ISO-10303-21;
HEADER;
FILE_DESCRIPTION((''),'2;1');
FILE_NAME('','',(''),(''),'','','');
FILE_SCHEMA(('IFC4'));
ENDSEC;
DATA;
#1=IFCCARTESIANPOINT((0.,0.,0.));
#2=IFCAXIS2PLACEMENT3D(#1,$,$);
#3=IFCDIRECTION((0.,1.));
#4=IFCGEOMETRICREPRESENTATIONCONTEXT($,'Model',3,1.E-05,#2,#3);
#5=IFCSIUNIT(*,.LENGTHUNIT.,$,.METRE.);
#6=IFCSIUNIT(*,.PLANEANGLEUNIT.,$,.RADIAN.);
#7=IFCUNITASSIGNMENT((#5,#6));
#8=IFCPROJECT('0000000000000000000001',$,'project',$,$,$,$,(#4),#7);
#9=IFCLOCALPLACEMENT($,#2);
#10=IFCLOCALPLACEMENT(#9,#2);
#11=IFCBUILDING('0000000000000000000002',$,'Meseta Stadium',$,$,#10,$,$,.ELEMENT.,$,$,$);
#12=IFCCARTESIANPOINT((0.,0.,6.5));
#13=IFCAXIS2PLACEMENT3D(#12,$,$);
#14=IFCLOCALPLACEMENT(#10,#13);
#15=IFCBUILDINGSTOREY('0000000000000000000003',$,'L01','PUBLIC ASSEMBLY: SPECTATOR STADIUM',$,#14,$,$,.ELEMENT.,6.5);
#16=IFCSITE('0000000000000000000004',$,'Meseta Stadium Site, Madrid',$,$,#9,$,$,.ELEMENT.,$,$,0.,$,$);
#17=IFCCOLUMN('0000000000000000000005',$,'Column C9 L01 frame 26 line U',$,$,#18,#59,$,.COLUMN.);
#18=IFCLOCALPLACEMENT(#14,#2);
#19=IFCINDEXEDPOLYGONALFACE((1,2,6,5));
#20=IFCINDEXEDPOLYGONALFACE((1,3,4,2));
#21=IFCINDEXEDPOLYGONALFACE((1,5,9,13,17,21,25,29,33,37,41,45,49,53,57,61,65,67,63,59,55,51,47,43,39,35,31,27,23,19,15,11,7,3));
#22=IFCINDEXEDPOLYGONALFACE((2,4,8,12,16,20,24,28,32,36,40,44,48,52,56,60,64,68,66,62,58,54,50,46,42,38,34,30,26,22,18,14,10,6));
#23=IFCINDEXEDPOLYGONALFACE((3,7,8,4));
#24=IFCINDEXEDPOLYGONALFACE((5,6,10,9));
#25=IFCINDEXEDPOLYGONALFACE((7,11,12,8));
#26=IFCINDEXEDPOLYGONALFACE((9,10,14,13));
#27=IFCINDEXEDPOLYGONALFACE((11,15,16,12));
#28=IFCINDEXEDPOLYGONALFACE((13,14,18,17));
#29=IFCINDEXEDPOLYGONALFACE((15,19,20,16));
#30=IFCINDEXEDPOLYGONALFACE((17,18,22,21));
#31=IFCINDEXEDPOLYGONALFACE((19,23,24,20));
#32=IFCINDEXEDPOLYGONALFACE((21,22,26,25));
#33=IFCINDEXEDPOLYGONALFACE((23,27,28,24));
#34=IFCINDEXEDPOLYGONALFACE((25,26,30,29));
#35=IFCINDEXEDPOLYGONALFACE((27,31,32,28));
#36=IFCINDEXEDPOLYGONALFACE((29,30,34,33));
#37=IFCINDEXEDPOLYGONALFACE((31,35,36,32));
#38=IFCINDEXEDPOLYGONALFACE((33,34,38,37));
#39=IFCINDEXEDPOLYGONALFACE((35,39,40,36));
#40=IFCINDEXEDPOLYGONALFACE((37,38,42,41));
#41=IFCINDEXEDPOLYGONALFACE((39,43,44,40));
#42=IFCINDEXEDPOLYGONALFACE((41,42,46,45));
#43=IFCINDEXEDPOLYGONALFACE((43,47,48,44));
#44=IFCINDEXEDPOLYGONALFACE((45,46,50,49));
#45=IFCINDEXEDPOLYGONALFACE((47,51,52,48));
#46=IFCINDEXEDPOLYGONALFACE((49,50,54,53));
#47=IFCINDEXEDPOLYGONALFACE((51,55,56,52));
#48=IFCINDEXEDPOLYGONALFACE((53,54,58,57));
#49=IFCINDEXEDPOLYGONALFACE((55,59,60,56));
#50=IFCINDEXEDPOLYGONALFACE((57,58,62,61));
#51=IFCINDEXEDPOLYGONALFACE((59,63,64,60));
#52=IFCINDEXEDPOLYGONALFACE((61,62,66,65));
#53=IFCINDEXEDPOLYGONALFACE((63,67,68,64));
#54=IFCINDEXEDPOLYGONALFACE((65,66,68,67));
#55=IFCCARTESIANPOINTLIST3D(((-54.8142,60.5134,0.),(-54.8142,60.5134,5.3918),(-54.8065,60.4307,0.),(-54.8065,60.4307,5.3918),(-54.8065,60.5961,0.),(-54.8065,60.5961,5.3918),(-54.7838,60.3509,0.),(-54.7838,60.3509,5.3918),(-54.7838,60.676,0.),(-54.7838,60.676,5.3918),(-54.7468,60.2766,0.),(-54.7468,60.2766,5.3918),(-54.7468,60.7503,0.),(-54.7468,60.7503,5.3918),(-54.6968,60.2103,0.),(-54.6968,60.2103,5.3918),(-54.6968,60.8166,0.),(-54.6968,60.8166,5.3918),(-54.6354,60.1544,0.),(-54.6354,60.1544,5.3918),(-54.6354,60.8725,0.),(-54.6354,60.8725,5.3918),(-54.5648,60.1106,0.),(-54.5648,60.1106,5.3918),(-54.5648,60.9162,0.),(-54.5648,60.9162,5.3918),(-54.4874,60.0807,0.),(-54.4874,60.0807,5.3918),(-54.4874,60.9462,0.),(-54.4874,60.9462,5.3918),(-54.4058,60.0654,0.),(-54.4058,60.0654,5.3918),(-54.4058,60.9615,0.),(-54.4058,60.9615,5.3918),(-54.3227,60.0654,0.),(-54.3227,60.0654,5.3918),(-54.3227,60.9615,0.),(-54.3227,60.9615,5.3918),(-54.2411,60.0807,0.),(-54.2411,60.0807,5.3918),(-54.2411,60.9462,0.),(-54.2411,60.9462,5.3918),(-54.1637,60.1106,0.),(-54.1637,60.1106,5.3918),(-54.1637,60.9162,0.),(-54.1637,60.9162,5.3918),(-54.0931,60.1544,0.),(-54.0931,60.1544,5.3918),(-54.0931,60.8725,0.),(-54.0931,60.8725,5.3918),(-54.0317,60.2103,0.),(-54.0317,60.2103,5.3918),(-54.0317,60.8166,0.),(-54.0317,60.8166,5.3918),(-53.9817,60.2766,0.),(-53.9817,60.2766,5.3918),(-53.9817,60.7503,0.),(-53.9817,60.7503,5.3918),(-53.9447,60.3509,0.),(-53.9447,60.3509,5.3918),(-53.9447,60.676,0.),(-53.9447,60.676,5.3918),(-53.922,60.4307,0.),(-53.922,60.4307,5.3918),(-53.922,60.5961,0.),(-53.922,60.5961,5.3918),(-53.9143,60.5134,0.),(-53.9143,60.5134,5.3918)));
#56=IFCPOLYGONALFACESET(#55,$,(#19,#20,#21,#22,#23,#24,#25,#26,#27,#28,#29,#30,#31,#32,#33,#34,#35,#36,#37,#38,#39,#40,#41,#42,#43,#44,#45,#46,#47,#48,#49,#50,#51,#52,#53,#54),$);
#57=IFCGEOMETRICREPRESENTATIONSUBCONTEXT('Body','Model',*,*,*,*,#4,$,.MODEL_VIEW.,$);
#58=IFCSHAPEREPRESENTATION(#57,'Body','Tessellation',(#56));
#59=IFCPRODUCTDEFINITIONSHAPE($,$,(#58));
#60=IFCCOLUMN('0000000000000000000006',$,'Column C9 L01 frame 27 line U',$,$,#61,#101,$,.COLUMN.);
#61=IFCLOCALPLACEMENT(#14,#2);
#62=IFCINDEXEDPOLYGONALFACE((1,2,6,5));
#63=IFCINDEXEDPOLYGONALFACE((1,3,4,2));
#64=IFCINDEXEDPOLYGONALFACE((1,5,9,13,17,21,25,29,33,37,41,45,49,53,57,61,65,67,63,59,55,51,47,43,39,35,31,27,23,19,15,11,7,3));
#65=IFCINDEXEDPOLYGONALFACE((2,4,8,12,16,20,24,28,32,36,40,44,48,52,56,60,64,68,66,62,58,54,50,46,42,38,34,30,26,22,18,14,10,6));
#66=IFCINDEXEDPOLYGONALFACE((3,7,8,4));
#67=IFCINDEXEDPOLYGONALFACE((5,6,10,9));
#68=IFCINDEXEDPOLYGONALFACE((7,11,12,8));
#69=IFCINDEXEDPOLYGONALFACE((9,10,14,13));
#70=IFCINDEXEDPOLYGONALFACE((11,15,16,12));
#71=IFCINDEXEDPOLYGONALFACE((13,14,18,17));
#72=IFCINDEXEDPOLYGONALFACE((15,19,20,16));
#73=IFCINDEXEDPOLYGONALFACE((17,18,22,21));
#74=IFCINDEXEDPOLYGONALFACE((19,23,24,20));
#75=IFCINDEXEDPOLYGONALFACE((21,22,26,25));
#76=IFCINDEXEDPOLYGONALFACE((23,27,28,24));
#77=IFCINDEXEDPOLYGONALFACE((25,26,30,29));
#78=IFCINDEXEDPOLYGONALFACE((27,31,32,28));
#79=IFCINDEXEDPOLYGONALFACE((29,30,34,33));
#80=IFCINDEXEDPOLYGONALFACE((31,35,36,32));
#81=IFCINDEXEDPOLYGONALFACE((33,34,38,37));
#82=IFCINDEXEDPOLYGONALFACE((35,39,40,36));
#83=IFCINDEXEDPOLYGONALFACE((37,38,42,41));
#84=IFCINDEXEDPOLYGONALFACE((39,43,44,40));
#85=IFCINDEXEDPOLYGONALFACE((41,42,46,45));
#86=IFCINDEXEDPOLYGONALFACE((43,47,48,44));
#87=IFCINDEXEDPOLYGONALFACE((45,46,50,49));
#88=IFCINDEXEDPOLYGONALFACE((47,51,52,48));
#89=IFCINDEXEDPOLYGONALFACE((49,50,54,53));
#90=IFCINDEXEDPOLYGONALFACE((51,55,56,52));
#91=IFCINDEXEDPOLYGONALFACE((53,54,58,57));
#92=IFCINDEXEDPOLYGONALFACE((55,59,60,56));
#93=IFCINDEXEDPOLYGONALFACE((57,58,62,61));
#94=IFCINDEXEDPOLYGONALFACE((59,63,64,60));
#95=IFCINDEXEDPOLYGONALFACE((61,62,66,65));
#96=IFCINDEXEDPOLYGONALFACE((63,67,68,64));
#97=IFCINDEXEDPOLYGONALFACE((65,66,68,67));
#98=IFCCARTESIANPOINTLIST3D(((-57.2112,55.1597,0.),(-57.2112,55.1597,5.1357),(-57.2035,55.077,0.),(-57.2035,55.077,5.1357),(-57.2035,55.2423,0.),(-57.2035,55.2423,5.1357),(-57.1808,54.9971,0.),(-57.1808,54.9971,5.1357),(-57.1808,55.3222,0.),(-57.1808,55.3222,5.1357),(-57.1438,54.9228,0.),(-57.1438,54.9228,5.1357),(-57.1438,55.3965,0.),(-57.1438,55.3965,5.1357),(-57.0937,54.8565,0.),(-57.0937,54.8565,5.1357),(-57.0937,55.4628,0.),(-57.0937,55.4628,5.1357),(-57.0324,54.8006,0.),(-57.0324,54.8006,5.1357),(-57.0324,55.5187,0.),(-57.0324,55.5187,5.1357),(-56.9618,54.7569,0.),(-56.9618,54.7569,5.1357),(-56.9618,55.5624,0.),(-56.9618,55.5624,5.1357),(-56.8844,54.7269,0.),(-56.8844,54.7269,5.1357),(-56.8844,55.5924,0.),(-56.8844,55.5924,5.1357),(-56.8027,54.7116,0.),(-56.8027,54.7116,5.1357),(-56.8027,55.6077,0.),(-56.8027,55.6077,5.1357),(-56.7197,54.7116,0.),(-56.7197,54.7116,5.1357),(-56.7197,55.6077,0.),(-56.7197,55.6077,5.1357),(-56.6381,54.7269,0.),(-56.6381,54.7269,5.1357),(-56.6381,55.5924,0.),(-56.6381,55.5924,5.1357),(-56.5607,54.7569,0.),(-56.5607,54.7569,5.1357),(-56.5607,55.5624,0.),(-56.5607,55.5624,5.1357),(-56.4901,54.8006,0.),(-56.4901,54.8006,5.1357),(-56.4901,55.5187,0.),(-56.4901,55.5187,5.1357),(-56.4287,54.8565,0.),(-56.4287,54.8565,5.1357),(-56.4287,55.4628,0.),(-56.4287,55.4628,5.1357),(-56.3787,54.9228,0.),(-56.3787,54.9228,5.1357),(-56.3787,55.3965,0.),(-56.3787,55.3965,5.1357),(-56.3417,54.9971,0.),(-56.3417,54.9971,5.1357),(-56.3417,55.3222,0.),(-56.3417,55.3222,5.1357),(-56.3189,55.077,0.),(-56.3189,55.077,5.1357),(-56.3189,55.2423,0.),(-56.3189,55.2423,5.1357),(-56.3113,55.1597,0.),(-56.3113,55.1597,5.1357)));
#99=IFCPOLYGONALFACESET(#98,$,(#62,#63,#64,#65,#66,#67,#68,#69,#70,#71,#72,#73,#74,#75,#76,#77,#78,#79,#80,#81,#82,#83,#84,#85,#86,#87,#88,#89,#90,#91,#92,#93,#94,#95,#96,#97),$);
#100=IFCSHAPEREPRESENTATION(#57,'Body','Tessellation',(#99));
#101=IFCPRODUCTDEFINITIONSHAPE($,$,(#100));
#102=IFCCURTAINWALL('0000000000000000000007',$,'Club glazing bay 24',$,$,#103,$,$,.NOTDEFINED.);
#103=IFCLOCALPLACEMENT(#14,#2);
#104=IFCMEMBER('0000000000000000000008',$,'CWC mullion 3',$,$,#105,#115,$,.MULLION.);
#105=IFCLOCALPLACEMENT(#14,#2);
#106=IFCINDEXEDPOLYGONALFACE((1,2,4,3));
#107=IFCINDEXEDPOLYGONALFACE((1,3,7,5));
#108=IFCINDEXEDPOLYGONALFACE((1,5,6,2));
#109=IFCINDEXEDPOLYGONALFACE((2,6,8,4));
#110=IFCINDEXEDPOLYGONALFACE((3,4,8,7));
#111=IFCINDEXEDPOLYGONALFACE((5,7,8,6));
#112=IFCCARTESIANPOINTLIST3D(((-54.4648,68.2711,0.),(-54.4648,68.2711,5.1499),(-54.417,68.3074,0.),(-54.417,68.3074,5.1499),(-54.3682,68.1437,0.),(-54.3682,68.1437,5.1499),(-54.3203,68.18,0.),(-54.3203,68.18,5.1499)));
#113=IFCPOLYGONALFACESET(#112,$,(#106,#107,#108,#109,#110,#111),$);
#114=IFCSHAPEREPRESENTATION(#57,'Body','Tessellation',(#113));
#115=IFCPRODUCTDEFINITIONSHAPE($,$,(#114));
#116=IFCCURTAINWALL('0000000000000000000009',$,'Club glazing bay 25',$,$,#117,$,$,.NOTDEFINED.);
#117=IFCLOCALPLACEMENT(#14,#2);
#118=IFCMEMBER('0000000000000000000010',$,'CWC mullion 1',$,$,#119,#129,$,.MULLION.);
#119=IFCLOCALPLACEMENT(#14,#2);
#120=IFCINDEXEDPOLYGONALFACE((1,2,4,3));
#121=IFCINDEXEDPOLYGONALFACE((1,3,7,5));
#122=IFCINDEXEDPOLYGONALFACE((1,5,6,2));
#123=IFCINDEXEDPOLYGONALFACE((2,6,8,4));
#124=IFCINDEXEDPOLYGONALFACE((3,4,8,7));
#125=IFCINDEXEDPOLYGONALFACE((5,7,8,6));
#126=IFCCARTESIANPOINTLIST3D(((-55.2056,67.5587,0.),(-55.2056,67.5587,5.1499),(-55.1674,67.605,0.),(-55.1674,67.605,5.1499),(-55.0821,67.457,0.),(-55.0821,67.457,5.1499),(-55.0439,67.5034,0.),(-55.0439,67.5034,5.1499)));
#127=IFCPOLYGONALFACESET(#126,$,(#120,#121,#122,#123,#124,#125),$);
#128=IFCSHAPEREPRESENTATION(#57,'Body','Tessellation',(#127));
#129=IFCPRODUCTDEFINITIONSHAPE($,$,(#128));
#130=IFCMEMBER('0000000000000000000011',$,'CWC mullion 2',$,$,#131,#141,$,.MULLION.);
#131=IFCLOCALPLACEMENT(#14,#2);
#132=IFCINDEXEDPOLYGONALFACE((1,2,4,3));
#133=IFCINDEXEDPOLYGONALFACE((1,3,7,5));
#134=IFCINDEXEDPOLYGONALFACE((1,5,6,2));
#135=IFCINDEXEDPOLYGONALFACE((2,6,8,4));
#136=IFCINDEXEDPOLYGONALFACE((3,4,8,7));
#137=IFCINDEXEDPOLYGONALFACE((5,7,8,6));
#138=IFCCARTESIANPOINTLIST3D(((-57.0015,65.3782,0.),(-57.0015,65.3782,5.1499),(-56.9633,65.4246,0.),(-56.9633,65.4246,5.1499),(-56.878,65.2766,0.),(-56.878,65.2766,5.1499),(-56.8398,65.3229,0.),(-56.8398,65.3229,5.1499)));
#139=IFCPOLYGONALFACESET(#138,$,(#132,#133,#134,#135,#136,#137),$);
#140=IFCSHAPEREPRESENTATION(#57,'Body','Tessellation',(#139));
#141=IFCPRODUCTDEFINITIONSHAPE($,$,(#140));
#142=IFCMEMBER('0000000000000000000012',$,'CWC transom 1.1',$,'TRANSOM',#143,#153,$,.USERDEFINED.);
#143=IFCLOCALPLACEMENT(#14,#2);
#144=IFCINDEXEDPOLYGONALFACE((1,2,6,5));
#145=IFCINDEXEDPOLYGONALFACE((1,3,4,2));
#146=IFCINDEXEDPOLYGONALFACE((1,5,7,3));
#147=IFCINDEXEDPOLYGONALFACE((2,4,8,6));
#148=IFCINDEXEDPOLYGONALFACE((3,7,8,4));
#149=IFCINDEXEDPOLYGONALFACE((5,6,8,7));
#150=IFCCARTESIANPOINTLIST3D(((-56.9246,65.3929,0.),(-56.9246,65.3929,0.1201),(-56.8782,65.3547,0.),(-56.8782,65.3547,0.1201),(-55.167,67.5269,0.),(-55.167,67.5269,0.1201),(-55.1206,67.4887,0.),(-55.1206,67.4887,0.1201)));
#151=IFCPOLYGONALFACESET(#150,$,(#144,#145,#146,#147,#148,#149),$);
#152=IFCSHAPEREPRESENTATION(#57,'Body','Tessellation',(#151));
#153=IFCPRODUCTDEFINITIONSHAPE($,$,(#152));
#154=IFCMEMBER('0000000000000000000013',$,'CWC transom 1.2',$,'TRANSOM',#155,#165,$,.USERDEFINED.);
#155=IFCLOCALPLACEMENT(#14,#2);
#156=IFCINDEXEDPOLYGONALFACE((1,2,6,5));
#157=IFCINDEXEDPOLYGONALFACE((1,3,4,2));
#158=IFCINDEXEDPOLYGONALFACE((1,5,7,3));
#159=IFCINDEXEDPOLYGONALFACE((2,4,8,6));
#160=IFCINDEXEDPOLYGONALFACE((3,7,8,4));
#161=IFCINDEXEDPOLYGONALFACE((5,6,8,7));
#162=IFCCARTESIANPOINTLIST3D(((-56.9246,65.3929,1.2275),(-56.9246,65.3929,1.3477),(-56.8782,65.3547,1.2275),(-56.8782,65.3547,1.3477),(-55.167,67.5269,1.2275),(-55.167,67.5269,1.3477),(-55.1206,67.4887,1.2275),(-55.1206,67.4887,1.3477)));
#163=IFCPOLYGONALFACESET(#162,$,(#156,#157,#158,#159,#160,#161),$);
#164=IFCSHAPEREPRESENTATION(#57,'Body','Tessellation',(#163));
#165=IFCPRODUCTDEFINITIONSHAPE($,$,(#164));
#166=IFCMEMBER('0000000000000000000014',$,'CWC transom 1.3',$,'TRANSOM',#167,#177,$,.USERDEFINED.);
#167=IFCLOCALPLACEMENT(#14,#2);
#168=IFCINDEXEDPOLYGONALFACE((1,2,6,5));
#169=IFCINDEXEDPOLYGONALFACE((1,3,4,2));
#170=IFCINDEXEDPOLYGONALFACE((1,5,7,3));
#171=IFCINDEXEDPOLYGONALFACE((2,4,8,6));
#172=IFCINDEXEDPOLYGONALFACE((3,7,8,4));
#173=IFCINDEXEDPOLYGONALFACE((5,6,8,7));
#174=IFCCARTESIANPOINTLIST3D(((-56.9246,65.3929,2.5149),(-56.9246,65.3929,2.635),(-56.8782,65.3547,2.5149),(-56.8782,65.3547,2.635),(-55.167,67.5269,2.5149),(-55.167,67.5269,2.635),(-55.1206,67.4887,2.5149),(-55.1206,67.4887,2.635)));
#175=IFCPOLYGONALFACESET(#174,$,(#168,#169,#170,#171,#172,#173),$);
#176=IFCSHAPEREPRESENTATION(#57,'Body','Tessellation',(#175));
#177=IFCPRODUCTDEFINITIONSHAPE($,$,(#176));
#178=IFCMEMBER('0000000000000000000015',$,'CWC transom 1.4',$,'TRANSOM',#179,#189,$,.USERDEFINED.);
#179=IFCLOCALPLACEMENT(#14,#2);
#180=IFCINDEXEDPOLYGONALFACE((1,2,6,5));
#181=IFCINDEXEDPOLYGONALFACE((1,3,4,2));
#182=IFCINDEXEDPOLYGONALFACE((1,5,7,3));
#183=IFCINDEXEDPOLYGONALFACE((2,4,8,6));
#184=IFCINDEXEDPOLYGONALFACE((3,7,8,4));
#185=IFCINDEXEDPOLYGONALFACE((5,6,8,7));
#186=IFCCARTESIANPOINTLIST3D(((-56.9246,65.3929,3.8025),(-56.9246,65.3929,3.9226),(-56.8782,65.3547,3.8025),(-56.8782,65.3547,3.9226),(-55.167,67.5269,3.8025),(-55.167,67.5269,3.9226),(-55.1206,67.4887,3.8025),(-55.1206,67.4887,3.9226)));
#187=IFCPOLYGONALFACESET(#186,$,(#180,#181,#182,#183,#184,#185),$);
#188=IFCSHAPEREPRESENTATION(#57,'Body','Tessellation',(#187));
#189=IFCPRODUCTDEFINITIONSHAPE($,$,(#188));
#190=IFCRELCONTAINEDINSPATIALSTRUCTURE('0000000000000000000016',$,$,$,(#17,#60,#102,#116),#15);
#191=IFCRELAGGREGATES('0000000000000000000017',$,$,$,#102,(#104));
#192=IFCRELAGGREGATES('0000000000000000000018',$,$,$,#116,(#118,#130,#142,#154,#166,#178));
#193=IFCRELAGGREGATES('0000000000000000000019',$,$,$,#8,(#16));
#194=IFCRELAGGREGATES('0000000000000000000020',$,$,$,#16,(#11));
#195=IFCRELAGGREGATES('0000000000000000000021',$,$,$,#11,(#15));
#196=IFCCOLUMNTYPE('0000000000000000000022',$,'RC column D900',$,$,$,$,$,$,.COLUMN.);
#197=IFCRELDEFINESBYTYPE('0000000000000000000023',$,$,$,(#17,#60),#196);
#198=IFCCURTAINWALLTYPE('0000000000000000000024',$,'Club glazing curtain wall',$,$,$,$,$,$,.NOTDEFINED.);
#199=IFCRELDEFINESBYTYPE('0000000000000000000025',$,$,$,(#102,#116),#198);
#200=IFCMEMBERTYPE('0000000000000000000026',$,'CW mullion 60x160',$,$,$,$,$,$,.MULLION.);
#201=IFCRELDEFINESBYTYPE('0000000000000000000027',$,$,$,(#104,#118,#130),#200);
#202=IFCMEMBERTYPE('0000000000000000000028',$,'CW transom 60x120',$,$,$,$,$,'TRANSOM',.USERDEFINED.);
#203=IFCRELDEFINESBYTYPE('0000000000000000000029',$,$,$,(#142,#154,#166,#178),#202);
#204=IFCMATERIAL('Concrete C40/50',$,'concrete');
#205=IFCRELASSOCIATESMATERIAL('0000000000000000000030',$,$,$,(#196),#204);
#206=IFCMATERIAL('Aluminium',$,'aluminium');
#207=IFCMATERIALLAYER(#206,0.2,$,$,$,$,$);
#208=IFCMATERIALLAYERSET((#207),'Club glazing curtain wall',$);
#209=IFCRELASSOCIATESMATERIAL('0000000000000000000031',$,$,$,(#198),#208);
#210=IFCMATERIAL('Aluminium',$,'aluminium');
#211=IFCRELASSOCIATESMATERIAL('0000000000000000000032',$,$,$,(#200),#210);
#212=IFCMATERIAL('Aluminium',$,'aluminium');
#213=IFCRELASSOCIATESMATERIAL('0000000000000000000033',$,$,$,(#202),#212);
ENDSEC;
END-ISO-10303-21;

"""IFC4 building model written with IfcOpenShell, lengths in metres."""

from ifc_helpers import new_model, si_unit, direction, frame, origin, origin_2d, place, context, subcontext, project, spatial, rectangle, circle, extrude, material, layer, layer_set, material_profile, profile_set, type_object, element, aggregate, save


model = new_model("IFC4")

# Units and contexts
model_context = context("Model", 3, precision=1e-05, world=origin(), true_north=direction((0.0, 1.0)))
body_context = subcontext(model_context, "Body", "Model", "MODEL_VIEW")
ifc_project = project(units=[si_unit("LENGTHUNIT", "METRE"), si_unit("PLANEANGLEUNIT", "RADIAN")], contexts=[model_context])

# Site, building, storey
site_placement = place(None, origin())
site = spatial("IfcSite", under=ifc_project, at=site_placement, Name="Meseta Stadium Site, Madrid", CompositionType="ELEMENT", RefElevation=0.0)
building_placement = place(site_placement, origin())
building = spatial("IfcBuilding", under=site, at=building_placement, Name="Meseta Stadium", CompositionType="ELEMENT")
storey_placement = place(building_placement, frame((0.0, 0.0, 6.5)))
storey = spatial("IfcBuildingStorey", under=building, at=storey_placement, Name="L01", Description="PUBLIC ASSEMBLY: SPECTATOR STADIUM", CompositionType="ELEMENT", Elevation=6.5)

# Columns
ifc_material_1 = material(Name="Concrete C40/50", Category="concrete")
ifc_material_profile_1 = material_profile(ifc_material_1, circle(Radius=0.45, at=origin_2d()), Name="RC D900")
ifc_profile_set_1 = profile_set([ifc_material_profile_1], Name="Concrete C40/50")
column_type_1 = type_object("IfcColumnType", Name="RC column D900", PredefinedType="COLUMN", material=ifc_profile_set_1)
column_1_placement = place(storey_placement, frame((-54.3643, 60.5134, 0.0), z_axis=(0.0, 0.0, 1.0), x_axis=(1.0, 0.0, 0.0)))
element("IfcColumn", 1, at=column_1_placement, inside=storey, type_object=column_type_1, Name="Column C9 L01 frame 26 line U", PredefinedType="COLUMN", context=body_context, shape_type="SweptSolid", body=[
    extrude(circle(Radius=0.45, at=origin_2d()), origin(), (0.0, 0.0, 1.0), 5.3918),
])
column_2_placement = place(storey_placement, frame((-56.7612, 55.1597, 0.0), z_axis=(0.0, 0.0, 1.0), x_axis=(1.0, 0.0, 0.0)))
element("IfcColumn", 2, at=column_2_placement, inside=storey, type_object=column_type_1, Name="Column C9 L01 frame 27 line U", PredefinedType="COLUMN", context=body_context, shape_type="SweptSolid", body=[
    extrude(circle(Radius=0.45, at=origin_2d()), origin(), (0.0, 0.0, 1.0), 5.1357),
])

# Curtain wall, member
ifc_material_2 = material(Name="Aluminium", Category="aluminium")
ifc_layer_1 = layer(ifc_material_2, 0.2)
ifc_layer_set_1 = layer_set([ifc_layer_1], Name="Club glazing curtain wall")
curtain_wall_type = type_object("IfcCurtainWallType", Name="Club glazing curtain wall", PredefinedType="NOTDEFINED", material=ifc_layer_set_1)
curtain_wall_1_placement = place(storey_placement, origin())
curtain_wall_1 = element("IfcCurtainWall", 3, at=curtain_wall_1_placement, inside=storey, type_object=curtain_wall_type, Name="Club glazing bay 24", PredefinedType="NOTDEFINED")
ifc_material_3 = material(Name="Aluminium", Category="aluminium")
ifc_material_profile_2 = material_profile(ifc_material_3, rectangle(XDim=0.1599, YDim=0.0601, at=origin_2d()), Name="CW 160x60")
ifc_profile_set_2 = profile_set([ifc_material_profile_2], Name="Aluminium")
member_type_1 = type_object("IfcMemberType", Name="CW mullion 60x160", PredefinedType="MULLION", material=ifc_profile_set_2)
member_1_placement = place(storey_placement, frame((-54.3926, 68.2256, 0.0), z_axis=(0.0, 0.0, 1.0), x_axis=(0.60452, -0.79659, 0.0)))
member_1 = element("IfcMember", 4, at=member_1_placement, type_object=member_type_1, Name="CWC mullion 3", PredefinedType="MULLION", context=body_context, shape_type="SweptSolid", body=[
    extrude(rectangle(XDim=0.1599, YDim=0.0601, at=origin_2d()), origin(), (0.0, 0.0, 1.0), 5.1499),
])

# Curtain wall, members
curtain_wall_2_placement = place(storey_placement, origin())
curtain_wall_2 = element("IfcCurtainWall", 5, at=curtain_wall_2_placement, inside=storey, type_object=curtain_wall_type, Name="Club glazing bay 25", PredefinedType="NOTDEFINED")
member_2_placement = place(storey_placement, frame((-55.1248, 67.531, 0.0), z_axis=(0.0, 0.0, 1.0), x_axis=(0.771902, -0.635741, 0.0)))
member_2 = element("IfcMember", 6, at=member_2_placement, type_object=member_type_1, Name="CWC mullion 1", PredefinedType="MULLION", context=body_context, shape_type="SweptSolid", body=[
    extrude(rectangle(XDim=0.1599, YDim=0.0601, at=origin_2d()), origin(), (0.0, 0.0, 1.0), 5.1499),
])
member_3_placement = place(storey_placement, frame((-56.9207, 65.3506, 0.0), z_axis=(0.0, 0.0, 1.0), x_axis=(0.771902, -0.635741, 0.0)))
member_3 = element("IfcMember", 7, at=member_3_placement, type_object=member_type_1, Name="CWC mullion 2", PredefinedType="MULLION", context=body_context, shape_type="SweptSolid", body=[
    extrude(rectangle(XDim=0.1599, YDim=0.0601, at=origin_2d()), origin(), (0.0, 0.0, 1.0), 5.1499),
])
ifc_material_4 = material(Name="Aluminium", Category="aluminium")
ifc_material_profile_3 = material_profile(ifc_material_4, rectangle(XDim=0.0601, YDim=0.1201, at=origin_2d()), Name="CW 60x120")
ifc_profile_set_3 = profile_set([ifc_material_profile_3], Name="Aluminium")
member_type_2 = type_object("IfcMemberType", Name="CW transom 60x120", ElementType="TRANSOM", PredefinedType="USERDEFINED", material=ifc_profile_set_3)
member_4_placement = place(storey_placement, frame((-55.1438, 67.5078, 0.0601), z_axis=(-0.635735, -0.771907, 0.0), x_axis=(0.771907, -0.635735, 0.0)))
member_4 = element("IfcMember", 8, at=member_4_placement, type_object=member_type_2, Name="CWC transom 1.1", ObjectType="TRANSOM", PredefinedType="USERDEFINED", context=body_context, shape_type="SweptSolid", body=[
    extrude(rectangle(XDim=0.0601, YDim=0.1201, at=origin_2d()), origin(), (0.0, 0.0, 1.0), 2.7646),
])
member_5_placement = place(storey_placement, frame((-55.1438, 67.5078, 1.2876), z_axis=(-0.635735, -0.771907, 0.0), x_axis=(0.771907, -0.635735, 0.0)))
member_5 = element("IfcMember", 9, at=member_5_placement, type_object=member_type_2, Name="CWC transom 1.2", ObjectType="TRANSOM", PredefinedType="USERDEFINED", context=body_context, shape_type="SweptSolid", body=[
    extrude(rectangle(XDim=0.0601, YDim=0.1201, at=origin_2d()), origin(), (0.0, 0.0, 1.0), 2.7646),
])
member_6_placement = place(storey_placement, frame((-55.1438, 67.5078, 2.575), z_axis=(-0.635735, -0.771907, 0.0), x_axis=(0.771907, -0.635735, 0.0)))
member_6 = element("IfcMember", 10, at=member_6_placement, type_object=member_type_2, Name="CWC transom 1.3", ObjectType="TRANSOM", PredefinedType="USERDEFINED", context=body_context, shape_type="SweptSolid", body=[
    extrude(rectangle(XDim=0.0601, YDim=0.1201, at=origin_2d()), origin(), (0.0, 0.0, 1.0), 2.7646),
])
member_7_placement = place(storey_placement, frame((-55.1438, 67.5078, 3.8625), z_axis=(-0.635735, -0.771907, 0.0), x_axis=(0.771907, -0.635735, 0.0)))
member_7 = element("IfcMember", 11, at=member_7_placement, type_object=member_type_2, Name="CWC transom 1.4", ObjectType="TRANSOM", PredefinedType="USERDEFINED", context=body_context, shape_type="SweptSolid", body=[
    extrude(rectangle(XDim=0.0601, YDim=0.1201, at=origin_2d()), origin(), (0.0, 0.0, 1.0), 2.7646),
])

aggregate(curtain_wall_1, [member_1])
aggregate(curtain_wall_2, [member_2, member_3, member_4, member_5, member_6, member_7])

save(model, "model.ifc")
